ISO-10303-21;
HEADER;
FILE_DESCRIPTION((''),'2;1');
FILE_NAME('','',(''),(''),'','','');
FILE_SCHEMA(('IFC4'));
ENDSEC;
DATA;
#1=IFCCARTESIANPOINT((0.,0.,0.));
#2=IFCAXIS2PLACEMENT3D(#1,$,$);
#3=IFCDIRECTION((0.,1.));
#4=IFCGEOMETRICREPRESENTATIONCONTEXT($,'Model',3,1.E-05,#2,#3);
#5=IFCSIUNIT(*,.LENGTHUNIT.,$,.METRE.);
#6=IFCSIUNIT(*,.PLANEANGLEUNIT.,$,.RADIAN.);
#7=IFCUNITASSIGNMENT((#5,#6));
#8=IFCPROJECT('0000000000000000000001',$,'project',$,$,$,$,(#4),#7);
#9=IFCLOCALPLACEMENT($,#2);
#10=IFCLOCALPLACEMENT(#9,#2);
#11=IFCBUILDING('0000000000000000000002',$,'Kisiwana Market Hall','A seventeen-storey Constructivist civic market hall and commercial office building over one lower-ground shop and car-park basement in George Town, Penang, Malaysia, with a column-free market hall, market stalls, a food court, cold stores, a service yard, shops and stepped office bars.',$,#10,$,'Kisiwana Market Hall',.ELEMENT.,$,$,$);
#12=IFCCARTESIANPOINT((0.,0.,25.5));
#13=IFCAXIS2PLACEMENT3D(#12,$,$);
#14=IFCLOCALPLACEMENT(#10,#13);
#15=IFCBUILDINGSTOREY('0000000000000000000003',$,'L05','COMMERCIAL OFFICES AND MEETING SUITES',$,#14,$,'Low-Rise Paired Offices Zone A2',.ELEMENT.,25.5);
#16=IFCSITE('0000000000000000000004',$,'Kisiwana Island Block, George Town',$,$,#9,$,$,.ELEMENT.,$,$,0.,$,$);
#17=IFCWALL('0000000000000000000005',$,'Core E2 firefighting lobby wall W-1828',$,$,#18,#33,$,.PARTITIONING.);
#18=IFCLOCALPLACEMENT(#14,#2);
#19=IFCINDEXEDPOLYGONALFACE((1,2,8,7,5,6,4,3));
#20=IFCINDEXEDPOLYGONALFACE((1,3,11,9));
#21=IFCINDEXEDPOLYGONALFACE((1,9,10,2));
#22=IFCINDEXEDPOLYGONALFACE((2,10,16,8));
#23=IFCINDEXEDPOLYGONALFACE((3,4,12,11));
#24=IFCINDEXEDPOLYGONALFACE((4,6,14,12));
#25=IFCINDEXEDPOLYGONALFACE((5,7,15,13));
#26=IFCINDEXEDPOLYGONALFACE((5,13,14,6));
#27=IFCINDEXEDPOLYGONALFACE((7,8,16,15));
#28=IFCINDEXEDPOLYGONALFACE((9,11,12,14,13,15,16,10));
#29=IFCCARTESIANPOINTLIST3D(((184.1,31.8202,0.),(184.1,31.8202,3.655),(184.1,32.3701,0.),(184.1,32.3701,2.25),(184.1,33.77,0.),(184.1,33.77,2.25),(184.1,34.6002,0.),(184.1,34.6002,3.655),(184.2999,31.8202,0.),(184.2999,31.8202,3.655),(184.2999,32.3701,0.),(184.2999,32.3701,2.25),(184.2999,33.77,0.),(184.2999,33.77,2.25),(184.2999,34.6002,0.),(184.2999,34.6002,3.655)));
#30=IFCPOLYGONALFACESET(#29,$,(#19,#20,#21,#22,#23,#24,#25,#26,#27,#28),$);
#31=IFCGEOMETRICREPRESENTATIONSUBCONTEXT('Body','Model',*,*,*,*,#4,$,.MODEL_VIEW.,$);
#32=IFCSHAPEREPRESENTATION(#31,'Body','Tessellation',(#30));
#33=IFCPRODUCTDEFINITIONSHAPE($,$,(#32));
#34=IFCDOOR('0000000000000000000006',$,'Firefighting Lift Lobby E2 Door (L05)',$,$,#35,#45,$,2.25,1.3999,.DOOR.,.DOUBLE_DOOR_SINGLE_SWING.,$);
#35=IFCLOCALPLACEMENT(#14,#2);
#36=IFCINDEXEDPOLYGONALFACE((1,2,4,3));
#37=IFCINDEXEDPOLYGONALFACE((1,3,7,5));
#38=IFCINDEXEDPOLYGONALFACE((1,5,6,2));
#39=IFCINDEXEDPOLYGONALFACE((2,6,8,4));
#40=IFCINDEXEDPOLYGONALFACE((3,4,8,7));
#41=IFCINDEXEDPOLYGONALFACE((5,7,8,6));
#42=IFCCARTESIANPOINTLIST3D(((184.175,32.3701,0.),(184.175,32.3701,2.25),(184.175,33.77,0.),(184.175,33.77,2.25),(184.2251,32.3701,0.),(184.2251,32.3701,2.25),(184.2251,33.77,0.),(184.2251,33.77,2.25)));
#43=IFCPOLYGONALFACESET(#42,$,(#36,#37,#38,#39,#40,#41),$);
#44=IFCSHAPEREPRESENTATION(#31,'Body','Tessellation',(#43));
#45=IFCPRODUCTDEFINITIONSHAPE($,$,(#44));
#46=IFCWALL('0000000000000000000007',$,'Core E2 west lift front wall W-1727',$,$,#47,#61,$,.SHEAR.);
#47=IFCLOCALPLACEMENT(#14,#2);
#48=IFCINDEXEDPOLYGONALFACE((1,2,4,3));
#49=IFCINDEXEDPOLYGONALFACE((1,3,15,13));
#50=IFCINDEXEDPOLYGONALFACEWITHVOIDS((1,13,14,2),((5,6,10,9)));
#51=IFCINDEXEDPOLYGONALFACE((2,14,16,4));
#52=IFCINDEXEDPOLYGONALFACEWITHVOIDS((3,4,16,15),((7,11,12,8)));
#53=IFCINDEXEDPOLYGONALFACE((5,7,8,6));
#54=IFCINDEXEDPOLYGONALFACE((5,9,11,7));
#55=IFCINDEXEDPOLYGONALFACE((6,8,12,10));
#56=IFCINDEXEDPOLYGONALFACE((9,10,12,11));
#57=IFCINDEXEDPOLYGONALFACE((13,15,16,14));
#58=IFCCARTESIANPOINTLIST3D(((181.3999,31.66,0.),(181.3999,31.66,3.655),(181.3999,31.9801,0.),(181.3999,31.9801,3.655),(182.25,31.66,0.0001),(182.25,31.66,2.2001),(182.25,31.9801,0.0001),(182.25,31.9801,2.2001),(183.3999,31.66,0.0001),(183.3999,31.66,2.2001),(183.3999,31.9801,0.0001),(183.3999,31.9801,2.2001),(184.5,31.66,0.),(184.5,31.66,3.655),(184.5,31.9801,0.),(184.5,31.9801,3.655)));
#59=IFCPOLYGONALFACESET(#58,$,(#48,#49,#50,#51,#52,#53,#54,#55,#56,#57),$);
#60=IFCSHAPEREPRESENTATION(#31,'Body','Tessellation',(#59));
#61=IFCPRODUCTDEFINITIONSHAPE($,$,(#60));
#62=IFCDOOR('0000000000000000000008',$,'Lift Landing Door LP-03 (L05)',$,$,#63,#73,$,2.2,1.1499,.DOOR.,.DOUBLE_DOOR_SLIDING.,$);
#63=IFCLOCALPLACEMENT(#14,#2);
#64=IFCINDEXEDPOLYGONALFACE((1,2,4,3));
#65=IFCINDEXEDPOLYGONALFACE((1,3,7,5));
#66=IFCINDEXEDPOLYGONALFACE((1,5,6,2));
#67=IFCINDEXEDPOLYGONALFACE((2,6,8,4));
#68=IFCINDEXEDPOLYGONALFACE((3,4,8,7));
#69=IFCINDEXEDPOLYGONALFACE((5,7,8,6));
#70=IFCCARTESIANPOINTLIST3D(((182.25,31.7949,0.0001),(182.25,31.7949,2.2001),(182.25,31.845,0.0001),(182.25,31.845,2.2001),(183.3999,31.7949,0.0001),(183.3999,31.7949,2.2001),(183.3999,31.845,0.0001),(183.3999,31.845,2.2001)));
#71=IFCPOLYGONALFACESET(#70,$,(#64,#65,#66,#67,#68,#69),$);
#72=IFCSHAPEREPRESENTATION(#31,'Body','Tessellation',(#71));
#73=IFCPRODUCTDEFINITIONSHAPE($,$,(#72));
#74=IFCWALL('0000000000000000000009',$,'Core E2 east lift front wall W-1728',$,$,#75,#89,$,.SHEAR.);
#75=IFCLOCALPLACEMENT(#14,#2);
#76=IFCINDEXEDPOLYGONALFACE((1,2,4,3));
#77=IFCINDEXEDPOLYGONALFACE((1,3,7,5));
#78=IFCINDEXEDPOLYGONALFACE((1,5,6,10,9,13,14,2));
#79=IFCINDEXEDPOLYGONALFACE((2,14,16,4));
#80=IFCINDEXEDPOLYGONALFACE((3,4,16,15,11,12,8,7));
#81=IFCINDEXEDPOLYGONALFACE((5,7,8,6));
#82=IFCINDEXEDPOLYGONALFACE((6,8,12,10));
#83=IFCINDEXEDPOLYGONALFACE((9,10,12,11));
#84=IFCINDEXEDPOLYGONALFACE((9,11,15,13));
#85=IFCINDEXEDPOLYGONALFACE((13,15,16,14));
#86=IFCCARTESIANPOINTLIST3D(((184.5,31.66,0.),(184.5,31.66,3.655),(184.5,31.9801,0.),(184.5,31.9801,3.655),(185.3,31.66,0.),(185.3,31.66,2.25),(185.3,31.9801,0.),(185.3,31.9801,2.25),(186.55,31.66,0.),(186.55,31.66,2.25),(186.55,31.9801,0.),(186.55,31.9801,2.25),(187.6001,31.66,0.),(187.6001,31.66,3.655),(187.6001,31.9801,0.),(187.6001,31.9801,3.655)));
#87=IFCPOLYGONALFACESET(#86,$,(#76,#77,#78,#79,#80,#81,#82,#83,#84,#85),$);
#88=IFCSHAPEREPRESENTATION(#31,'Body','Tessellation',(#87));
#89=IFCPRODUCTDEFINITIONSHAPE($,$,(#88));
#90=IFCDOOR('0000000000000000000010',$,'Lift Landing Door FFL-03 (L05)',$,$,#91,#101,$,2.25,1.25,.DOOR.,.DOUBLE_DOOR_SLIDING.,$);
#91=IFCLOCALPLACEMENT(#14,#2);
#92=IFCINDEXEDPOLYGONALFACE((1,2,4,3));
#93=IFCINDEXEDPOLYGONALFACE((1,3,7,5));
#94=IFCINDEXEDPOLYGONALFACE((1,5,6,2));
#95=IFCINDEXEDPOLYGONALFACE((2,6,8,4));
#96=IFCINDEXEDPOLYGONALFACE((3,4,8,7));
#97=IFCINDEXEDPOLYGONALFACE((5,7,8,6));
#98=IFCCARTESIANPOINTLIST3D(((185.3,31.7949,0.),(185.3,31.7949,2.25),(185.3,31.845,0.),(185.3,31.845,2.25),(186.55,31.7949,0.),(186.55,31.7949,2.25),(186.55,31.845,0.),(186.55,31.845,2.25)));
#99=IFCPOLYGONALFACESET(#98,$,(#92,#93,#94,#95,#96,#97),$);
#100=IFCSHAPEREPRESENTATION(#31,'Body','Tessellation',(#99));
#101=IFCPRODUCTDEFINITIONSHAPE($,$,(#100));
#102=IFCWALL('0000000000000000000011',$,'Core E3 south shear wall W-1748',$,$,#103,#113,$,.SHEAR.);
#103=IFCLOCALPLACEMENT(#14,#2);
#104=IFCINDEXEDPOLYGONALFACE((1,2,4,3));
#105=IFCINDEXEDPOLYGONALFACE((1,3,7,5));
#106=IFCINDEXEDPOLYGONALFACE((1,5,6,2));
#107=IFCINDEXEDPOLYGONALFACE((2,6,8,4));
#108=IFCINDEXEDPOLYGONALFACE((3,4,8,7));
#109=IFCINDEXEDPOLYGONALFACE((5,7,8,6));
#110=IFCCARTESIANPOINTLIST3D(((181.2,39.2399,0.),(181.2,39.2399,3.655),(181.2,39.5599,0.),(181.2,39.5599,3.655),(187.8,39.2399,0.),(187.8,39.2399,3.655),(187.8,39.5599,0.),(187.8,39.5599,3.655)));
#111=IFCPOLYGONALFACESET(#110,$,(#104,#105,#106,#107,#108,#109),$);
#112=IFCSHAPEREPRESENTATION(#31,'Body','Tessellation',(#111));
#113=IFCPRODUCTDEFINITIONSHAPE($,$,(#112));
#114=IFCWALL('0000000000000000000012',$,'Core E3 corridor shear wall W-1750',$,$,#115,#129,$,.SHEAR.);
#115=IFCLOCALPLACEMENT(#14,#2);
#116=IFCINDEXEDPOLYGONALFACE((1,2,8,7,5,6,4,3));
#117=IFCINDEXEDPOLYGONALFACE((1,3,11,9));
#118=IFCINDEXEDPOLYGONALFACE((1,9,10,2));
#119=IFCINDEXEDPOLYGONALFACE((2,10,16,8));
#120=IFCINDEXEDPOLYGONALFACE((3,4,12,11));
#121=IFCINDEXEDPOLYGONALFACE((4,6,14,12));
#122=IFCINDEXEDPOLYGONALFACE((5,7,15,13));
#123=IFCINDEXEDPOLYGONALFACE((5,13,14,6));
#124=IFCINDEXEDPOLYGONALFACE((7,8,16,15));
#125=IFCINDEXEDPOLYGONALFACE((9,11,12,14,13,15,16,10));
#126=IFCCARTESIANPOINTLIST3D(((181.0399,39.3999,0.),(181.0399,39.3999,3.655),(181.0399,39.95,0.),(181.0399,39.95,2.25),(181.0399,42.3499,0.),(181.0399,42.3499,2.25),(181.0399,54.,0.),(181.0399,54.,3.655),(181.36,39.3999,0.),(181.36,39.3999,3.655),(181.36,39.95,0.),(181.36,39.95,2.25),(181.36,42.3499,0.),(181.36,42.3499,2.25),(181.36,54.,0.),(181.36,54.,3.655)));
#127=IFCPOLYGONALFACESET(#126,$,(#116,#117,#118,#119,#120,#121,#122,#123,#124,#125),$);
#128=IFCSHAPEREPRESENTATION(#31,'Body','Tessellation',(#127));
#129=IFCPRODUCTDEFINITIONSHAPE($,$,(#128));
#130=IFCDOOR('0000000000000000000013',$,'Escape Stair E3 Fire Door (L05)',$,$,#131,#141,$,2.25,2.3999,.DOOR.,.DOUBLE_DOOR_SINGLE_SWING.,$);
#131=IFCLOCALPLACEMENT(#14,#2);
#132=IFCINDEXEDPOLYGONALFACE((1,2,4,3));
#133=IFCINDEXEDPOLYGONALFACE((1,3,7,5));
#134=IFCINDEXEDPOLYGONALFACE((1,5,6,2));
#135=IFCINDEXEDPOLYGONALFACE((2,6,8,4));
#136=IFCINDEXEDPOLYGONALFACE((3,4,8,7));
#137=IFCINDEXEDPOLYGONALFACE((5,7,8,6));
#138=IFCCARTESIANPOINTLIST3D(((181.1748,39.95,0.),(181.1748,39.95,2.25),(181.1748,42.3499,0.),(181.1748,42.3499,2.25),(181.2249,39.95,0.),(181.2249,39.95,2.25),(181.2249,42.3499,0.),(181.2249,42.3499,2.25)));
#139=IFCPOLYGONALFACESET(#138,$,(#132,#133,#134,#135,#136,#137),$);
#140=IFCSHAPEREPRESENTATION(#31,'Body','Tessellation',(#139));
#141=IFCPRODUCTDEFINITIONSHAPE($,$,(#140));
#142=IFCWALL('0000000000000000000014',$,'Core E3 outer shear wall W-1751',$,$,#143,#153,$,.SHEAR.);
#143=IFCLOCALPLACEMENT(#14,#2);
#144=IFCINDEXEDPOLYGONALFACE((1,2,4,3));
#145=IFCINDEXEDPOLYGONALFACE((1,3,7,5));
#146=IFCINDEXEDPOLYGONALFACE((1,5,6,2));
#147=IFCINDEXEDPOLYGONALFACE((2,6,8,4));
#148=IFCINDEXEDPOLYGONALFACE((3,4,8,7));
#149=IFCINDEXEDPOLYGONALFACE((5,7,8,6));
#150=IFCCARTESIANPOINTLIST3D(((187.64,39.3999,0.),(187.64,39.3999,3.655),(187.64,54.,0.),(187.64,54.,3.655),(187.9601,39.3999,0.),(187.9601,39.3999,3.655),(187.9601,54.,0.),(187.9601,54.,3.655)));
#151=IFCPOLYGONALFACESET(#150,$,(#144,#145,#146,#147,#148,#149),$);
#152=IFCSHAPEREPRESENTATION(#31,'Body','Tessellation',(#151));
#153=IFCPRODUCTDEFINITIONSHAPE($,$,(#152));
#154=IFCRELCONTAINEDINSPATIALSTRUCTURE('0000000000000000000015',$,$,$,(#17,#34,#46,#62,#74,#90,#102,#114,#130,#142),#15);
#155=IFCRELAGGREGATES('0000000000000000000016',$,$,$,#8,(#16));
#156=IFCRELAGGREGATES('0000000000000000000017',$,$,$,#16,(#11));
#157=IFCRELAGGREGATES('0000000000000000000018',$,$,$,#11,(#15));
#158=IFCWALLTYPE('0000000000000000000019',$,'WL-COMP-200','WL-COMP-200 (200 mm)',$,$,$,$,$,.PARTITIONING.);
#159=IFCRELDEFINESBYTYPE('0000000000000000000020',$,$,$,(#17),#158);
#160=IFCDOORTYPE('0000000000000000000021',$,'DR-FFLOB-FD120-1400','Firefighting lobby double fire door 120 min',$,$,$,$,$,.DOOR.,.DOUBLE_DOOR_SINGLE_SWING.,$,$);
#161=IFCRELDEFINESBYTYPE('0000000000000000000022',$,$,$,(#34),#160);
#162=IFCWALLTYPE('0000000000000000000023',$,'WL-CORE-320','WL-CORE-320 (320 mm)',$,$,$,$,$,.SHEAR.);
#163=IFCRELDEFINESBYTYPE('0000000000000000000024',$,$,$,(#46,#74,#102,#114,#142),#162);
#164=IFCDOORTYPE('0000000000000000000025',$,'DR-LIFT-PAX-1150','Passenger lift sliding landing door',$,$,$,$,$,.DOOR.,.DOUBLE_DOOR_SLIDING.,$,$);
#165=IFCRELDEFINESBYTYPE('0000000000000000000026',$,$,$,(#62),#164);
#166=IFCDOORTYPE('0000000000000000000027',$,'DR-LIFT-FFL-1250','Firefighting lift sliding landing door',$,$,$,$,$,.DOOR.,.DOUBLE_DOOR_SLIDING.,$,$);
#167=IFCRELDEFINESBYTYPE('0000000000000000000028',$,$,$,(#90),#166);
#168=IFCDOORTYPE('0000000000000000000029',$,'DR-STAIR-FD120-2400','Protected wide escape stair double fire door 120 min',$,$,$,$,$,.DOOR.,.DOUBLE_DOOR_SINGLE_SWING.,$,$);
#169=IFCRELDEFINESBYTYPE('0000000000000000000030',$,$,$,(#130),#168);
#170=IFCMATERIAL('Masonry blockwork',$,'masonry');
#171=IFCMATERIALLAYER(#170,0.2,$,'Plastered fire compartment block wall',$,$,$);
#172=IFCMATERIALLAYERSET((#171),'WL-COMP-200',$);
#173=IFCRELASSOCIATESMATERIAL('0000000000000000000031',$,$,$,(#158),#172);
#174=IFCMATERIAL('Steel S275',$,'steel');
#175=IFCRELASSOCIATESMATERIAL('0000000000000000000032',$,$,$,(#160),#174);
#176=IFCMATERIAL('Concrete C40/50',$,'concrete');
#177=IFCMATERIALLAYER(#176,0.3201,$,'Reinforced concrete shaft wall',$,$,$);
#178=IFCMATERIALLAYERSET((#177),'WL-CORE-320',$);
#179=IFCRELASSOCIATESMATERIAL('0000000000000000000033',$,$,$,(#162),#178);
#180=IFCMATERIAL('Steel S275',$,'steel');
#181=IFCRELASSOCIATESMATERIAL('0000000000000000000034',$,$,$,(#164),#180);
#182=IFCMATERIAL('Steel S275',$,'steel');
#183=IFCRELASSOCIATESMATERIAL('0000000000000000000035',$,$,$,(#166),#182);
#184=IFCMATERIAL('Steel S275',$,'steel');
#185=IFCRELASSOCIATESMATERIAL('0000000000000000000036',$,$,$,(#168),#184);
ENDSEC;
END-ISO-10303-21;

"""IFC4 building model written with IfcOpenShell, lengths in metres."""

from ifc_helpers import new_model, si_unit, direction, frame, frame_2d, origin, place, context, subcontext, project, spatial, rectangle, extrude, material, layer, layer_set, type_object, element, fill, save


model = new_model("IFC4")

# Units and contexts
model_context = context("Model", 3, precision=1e-05, world=origin(), true_north=direction((0.0, 1.0)))
body_context = subcontext(model_context, "Body", "Model", "MODEL_VIEW")
ifc_project = project(units=[si_unit("LENGTHUNIT", "METRE"), si_unit("PLANEANGLEUNIT", "RADIAN")], contexts=[model_context])

# Site, building, storey
site_placement = place(None, origin())
site = spatial("IfcSite", under=ifc_project, at=site_placement, Name="Kisiwana Island Block, George Town", CompositionType="ELEMENT", RefElevation=0.0)
building_placement = place(site_placement, origin())
building = spatial("IfcBuilding", under=site, at=building_placement, Name="Kisiwana Market Hall", Description="A seventeen-storey Constructivist civic market hall and commercial office building over one lower-ground shop and car-park basement in George Town, Penang, Malaysia, with a column-free market hall, market stalls, a food court, cold stores, a service yard, shops and stepped office bars.", LongName="Kisiwana Market Hall", CompositionType="ELEMENT")
storey_placement = place(building_placement, frame((0.0, 0.0, 25.5)))
storey = spatial("IfcBuildingStorey", under=building, at=storey_placement, Name="L05", Description="COMMERCIAL OFFICES AND MEETING SUITES", LongName="Low-Rise Paired Offices Zone A2", CompositionType="ELEMENT", Elevation=25.5)

# Walls, openings, doors
ifc_material_1 = material(Name="Masonry blockwork", Category="masonry")
ifc_layer_1 = layer(ifc_material_1, 0.2, Name="Plastered fire compartment block wall")
ifc_layer_set_1 = layer_set([ifc_layer_1], Name="WL-COMP-200")
wall_type_1 = type_object("IfcWallType", Name="WL-COMP-200", Description="WL-COMP-200 (200 mm)", PredefinedType="PARTITIONING", material=ifc_layer_set_1)
wall_1_placement = place(storey_placement, frame((184.2, 31.8201, 0.0), z_axis=(0.0, 0.0, 1.0), x_axis=(0.0, 1.0, 0.0)))
wall_1 = element("IfcWall", 1, at=wall_1_placement, inside=storey, type_object=wall_type_1, Name="Core E2 firefighting lobby wall W-1828", PredefinedType="PARTITIONING", context=body_context, shape_type="SweptSolid", body=[
    extrude(rectangle(XDim=2.78, YDim=0.2, at=frame_2d((1.3901, 0.0))), origin(), (0.0, 0.0, 1.0), 3.655),
])
opening_1_placement = place(wall_1_placement, frame((0.55, 0.0, 0.0)))
opening_1 = element("IfcOpeningElement", 2, at=opening_1_placement, cuts=wall_1, PredefinedType="OPENING", context=body_context, shape_type="SweptSolid", body=[
    extrude(rectangle(XDim=1.3999, YDim=2.25, at=frame_2d((0.7, 1.125))), frame((0.0, 0.1118, 0.0), z_axis=(0.0, -1.0, 0.0), x_axis=(1.0, 0.0, 0.0)), (0.0, 0.0, 1.0), 0.2239),
])
ifc_material_2 = material(Name="Steel S275", Category="steel")
door_type_1 = type_object("IfcDoorType", Name="DR-FFLOB-FD120-1400", Description="Firefighting lobby double fire door 120 min", OperationType="DOUBLE_DOOR_SINGLE_SWING", PredefinedType="DOOR", material=ifc_material_2)
door_1_placement = place(opening_1_placement, origin())
door_1 = element("IfcDoor", 3, at=door_1_placement, inside=storey, type_object=door_type_1, Name="Firefighting Lift Lobby E2 Door (L05)", OperationType="DOUBLE_DOOR_SINGLE_SWING", OverallHeight=2.25, OverallWidth=1.3999, PredefinedType="DOOR", context=body_context, shape_type="SweptSolid", body=[
    extrude(rectangle(XDim=1.3999, YDim=2.25, at=frame_2d((0.7, 1.125))), frame((0.0, 0.0249, 0.0), z_axis=(0.0, -1.0, 0.0), x_axis=(1.0, 0.0, 0.0)), (0.0, 0.0, 1.0), 0.05),
])
fill(opening_1, door_1)
ifc_material_3 = material(Name="Concrete C40/50", Category="concrete")
ifc_layer_2 = layer(ifc_material_3, 0.3201, Name="Reinforced concrete shaft wall")
ifc_layer_set_2 = layer_set([ifc_layer_2], Name="WL-CORE-320")
wall_type_2 = type_object("IfcWallType", Name="WL-CORE-320", Description="WL-CORE-320 (320 mm)", PredefinedType="SHEAR", material=ifc_layer_set_2)
wall_2_placement = place(storey_placement, frame((181.3999, 31.8201, 0.0), z_axis=(0.0, 0.0, 1.0), x_axis=(1.0, 0.0, 0.0)))
wall_2 = element("IfcWall", 4, at=wall_2_placement, inside=storey, type_object=wall_type_2, Name="Core E2 west lift front wall W-1727", PredefinedType="SHEAR", context=body_context, shape_type="SweptSolid", body=[
    extrude(rectangle(XDim=3.1001, YDim=0.3201, at=frame_2d((1.55, 0.0))), origin(), (0.0, 0.0, 1.0), 3.655),
])
opening_2_placement = place(wall_2_placement, frame((0.8501, 0.0, 0.0)))
opening_2 = element("IfcOpeningElement", 5, at=opening_2_placement, cuts=wall_2, PredefinedType="OPENING", context=body_context, shape_type="SweptSolid", body=[
    extrude(rectangle(XDim=1.1499, YDim=2.2, at=frame_2d((0.575, 1.1001))), frame((0.0, 0.1719, 0.0), z_axis=(0.0, -1.0, 0.0), x_axis=(1.0, 0.0, 0.0)), (0.0, 0.0, 1.0), 0.344),
])
ifc_material_4 = material(Name="Steel S275", Category="steel")
door_type_2 = type_object("IfcDoorType", Name="DR-LIFT-PAX-1150", Description="Passenger lift sliding landing door", OperationType="DOUBLE_DOOR_SLIDING", PredefinedType="DOOR", material=ifc_material_4)
door_2_placement = place(opening_2_placement, origin())
door_2 = element("IfcDoor", 6, at=door_2_placement, inside=storey, type_object=door_type_2, Name="Lift Landing Door LP-03 (L05)", OperationType="DOUBLE_DOOR_SLIDING", OverallHeight=2.2, OverallWidth=1.1499, PredefinedType="DOOR", context=body_context, shape_type="SweptSolid", body=[
    extrude(rectangle(XDim=1.1499, YDim=2.2, at=frame_2d((0.575, 1.1001))), frame((0.0, 0.0249, 0.0), z_axis=(0.0, -1.0, 0.0), x_axis=(1.0, 0.0, 0.0)), (0.0, 0.0, 1.0), 0.05),
])
fill(opening_2, door_2)
wall_3_placement = place(storey_placement, frame((184.5, 31.8201, 0.0), z_axis=(0.0, 0.0, 1.0), x_axis=(1.0, 0.0, 0.0)))
wall_3 = element("IfcWall", 7, at=wall_3_placement, inside=storey, type_object=wall_type_2, Name="Core E2 east lift front wall W-1728", PredefinedType="SHEAR", context=body_context, shape_type="SweptSolid", body=[
    extrude(rectangle(XDim=3.1001, YDim=0.3201, at=frame_2d((1.55, 0.0))), origin(), (0.0, 0.0, 1.0), 3.655),
])
opening_3_placement = place(wall_3_placement, frame((0.8, 0.0, 0.0)))
opening_3 = element("IfcOpeningElement", 8, at=opening_3_placement, cuts=wall_3, PredefinedType="OPENING", context=body_context, shape_type="SweptSolid", body=[
    extrude(rectangle(XDim=1.25, YDim=2.25, at=frame_2d((0.625, 1.125))), frame((0.0, 0.1719, 0.0), z_axis=(0.0, -1.0, 0.0), x_axis=(1.0, 0.0, 0.0)), (0.0, 0.0, 1.0), 0.344),
])
ifc_material_5 = material(Name="Steel S275", Category="steel")
door_type_3 = type_object("IfcDoorType", Name="DR-LIFT-FFL-1250", Description="Firefighting lift sliding landing door", OperationType="DOUBLE_DOOR_SLIDING", PredefinedType="DOOR", material=ifc_material_5)
door_3_placement = place(opening_3_placement, origin())
door_3 = element("IfcDoor", 9, at=door_3_placement, inside=storey, type_object=door_type_3, Name="Lift Landing Door FFL-03 (L05)", OperationType="DOUBLE_DOOR_SLIDING", OverallHeight=2.25, OverallWidth=1.25, PredefinedType="DOOR", context=body_context, shape_type="SweptSolid", body=[
    extrude(rectangle(XDim=1.25, YDim=2.25, at=frame_2d((0.625, 1.125))), frame((0.0, 0.0249, 0.0), z_axis=(0.0, -1.0, 0.0), x_axis=(1.0, 0.0, 0.0)), (0.0, 0.0, 1.0), 0.05),
])
fill(opening_3, door_3)

# Wall
wall_4_placement = place(storey_placement, frame((181.2, 39.3999, 0.0), z_axis=(0.0, 0.0, 1.0), x_axis=(1.0, 0.0, 0.0)))
element("IfcWall", 10, at=wall_4_placement, inside=storey, type_object=wall_type_2, Name="Core E3 south shear wall W-1748", PredefinedType="SHEAR", context=body_context, shape_type="SweptSolid", body=[
    extrude(rectangle(XDim=6.6001, YDim=0.3201, at=frame_2d((3.3, 0.0))), origin(), (0.0, 0.0, 1.0), 3.655),
])

# Wall, opening, door
wall_5_placement = place(storey_placement, frame((181.2, 39.3999, 0.0), z_axis=(0.0, 0.0, 1.0), x_axis=(0.0, 1.0, 0.0)))
wall_5 = element("IfcWall", 11, at=wall_5_placement, inside=storey, type_object=wall_type_2, Name="Core E3 corridor shear wall W-1750", PredefinedType="SHEAR", context=body_context, shape_type="SweptSolid", body=[
    extrude(rectangle(XDim=14.6001, YDim=0.3201, at=frame_2d((7.3, 0.0))), origin(), (0.0, 0.0, 1.0), 3.655),
])
opening_4_placement = place(wall_5_placement, frame((0.55, 0.0, 0.0)))
opening_4 = element("IfcOpeningElement", 12, at=opening_4_placement, cuts=wall_5, PredefinedType="OPENING", context=body_context, shape_type="SweptSolid", body=[
    extrude(rectangle(XDim=2.3999, YDim=2.25, at=frame_2d((1.2, 1.125))), frame((0.0, 0.1719, 0.0), z_axis=(0.0, -1.0, 0.0), x_axis=(1.0, 0.0, 0.0)), (0.0, 0.0, 1.0), 0.344),
])
ifc_material_6 = material(Name="Steel S275", Category="steel")
door_type_4 = type_object("IfcDoorType", Name="DR-STAIR-FD120-2400", Description="Protected wide escape stair double fire door 120 min", OperationType="DOUBLE_DOOR_SINGLE_SWING", PredefinedType="DOOR", material=ifc_material_6)
door_4_placement = place(opening_4_placement, frame((2.3999, 0.0, 0.0), z_axis=(0.0, 0.0, 1.0), x_axis=(-1.0, 0.0, 0.0)))
door_4 = element("IfcDoor", 13, at=door_4_placement, inside=storey, type_object=door_type_4, Name="Escape Stair E3 Fire Door (L05)", OperationType="DOUBLE_DOOR_SINGLE_SWING", OverallHeight=2.25, OverallWidth=2.3999, PredefinedType="DOOR", context=body_context, shape_type="SweptSolid", body=[
    extrude(rectangle(XDim=2.3999, YDim=2.25, at=frame_2d((1.2, 1.125))), frame((0.0, 0.0249, 0.0), z_axis=(0.0, -1.0, 0.0), x_axis=(1.0, 0.0, 0.0)), (0.0, 0.0, 1.0), 0.05),
])
fill(opening_4, door_4)

# Wall
wall_6_placement = place(storey_placement, frame((187.8, 39.3999, 0.0), z_axis=(0.0, 0.0, 1.0), x_axis=(0.0, 1.0, 0.0)))
element("IfcWall", 14, at=wall_6_placement, inside=storey, type_object=wall_type_2, Name="Core E3 outer shear wall W-1751", PredefinedType="SHEAR", context=body_context, shape_type="SweptSolid", body=[
    extrude(rectangle(XDim=14.6001, YDim=0.3201, at=frame_2d((7.3, 0.0))), origin(), (0.0, 0.0, 1.0), 3.655),
])

save(model, "model.ifc")
